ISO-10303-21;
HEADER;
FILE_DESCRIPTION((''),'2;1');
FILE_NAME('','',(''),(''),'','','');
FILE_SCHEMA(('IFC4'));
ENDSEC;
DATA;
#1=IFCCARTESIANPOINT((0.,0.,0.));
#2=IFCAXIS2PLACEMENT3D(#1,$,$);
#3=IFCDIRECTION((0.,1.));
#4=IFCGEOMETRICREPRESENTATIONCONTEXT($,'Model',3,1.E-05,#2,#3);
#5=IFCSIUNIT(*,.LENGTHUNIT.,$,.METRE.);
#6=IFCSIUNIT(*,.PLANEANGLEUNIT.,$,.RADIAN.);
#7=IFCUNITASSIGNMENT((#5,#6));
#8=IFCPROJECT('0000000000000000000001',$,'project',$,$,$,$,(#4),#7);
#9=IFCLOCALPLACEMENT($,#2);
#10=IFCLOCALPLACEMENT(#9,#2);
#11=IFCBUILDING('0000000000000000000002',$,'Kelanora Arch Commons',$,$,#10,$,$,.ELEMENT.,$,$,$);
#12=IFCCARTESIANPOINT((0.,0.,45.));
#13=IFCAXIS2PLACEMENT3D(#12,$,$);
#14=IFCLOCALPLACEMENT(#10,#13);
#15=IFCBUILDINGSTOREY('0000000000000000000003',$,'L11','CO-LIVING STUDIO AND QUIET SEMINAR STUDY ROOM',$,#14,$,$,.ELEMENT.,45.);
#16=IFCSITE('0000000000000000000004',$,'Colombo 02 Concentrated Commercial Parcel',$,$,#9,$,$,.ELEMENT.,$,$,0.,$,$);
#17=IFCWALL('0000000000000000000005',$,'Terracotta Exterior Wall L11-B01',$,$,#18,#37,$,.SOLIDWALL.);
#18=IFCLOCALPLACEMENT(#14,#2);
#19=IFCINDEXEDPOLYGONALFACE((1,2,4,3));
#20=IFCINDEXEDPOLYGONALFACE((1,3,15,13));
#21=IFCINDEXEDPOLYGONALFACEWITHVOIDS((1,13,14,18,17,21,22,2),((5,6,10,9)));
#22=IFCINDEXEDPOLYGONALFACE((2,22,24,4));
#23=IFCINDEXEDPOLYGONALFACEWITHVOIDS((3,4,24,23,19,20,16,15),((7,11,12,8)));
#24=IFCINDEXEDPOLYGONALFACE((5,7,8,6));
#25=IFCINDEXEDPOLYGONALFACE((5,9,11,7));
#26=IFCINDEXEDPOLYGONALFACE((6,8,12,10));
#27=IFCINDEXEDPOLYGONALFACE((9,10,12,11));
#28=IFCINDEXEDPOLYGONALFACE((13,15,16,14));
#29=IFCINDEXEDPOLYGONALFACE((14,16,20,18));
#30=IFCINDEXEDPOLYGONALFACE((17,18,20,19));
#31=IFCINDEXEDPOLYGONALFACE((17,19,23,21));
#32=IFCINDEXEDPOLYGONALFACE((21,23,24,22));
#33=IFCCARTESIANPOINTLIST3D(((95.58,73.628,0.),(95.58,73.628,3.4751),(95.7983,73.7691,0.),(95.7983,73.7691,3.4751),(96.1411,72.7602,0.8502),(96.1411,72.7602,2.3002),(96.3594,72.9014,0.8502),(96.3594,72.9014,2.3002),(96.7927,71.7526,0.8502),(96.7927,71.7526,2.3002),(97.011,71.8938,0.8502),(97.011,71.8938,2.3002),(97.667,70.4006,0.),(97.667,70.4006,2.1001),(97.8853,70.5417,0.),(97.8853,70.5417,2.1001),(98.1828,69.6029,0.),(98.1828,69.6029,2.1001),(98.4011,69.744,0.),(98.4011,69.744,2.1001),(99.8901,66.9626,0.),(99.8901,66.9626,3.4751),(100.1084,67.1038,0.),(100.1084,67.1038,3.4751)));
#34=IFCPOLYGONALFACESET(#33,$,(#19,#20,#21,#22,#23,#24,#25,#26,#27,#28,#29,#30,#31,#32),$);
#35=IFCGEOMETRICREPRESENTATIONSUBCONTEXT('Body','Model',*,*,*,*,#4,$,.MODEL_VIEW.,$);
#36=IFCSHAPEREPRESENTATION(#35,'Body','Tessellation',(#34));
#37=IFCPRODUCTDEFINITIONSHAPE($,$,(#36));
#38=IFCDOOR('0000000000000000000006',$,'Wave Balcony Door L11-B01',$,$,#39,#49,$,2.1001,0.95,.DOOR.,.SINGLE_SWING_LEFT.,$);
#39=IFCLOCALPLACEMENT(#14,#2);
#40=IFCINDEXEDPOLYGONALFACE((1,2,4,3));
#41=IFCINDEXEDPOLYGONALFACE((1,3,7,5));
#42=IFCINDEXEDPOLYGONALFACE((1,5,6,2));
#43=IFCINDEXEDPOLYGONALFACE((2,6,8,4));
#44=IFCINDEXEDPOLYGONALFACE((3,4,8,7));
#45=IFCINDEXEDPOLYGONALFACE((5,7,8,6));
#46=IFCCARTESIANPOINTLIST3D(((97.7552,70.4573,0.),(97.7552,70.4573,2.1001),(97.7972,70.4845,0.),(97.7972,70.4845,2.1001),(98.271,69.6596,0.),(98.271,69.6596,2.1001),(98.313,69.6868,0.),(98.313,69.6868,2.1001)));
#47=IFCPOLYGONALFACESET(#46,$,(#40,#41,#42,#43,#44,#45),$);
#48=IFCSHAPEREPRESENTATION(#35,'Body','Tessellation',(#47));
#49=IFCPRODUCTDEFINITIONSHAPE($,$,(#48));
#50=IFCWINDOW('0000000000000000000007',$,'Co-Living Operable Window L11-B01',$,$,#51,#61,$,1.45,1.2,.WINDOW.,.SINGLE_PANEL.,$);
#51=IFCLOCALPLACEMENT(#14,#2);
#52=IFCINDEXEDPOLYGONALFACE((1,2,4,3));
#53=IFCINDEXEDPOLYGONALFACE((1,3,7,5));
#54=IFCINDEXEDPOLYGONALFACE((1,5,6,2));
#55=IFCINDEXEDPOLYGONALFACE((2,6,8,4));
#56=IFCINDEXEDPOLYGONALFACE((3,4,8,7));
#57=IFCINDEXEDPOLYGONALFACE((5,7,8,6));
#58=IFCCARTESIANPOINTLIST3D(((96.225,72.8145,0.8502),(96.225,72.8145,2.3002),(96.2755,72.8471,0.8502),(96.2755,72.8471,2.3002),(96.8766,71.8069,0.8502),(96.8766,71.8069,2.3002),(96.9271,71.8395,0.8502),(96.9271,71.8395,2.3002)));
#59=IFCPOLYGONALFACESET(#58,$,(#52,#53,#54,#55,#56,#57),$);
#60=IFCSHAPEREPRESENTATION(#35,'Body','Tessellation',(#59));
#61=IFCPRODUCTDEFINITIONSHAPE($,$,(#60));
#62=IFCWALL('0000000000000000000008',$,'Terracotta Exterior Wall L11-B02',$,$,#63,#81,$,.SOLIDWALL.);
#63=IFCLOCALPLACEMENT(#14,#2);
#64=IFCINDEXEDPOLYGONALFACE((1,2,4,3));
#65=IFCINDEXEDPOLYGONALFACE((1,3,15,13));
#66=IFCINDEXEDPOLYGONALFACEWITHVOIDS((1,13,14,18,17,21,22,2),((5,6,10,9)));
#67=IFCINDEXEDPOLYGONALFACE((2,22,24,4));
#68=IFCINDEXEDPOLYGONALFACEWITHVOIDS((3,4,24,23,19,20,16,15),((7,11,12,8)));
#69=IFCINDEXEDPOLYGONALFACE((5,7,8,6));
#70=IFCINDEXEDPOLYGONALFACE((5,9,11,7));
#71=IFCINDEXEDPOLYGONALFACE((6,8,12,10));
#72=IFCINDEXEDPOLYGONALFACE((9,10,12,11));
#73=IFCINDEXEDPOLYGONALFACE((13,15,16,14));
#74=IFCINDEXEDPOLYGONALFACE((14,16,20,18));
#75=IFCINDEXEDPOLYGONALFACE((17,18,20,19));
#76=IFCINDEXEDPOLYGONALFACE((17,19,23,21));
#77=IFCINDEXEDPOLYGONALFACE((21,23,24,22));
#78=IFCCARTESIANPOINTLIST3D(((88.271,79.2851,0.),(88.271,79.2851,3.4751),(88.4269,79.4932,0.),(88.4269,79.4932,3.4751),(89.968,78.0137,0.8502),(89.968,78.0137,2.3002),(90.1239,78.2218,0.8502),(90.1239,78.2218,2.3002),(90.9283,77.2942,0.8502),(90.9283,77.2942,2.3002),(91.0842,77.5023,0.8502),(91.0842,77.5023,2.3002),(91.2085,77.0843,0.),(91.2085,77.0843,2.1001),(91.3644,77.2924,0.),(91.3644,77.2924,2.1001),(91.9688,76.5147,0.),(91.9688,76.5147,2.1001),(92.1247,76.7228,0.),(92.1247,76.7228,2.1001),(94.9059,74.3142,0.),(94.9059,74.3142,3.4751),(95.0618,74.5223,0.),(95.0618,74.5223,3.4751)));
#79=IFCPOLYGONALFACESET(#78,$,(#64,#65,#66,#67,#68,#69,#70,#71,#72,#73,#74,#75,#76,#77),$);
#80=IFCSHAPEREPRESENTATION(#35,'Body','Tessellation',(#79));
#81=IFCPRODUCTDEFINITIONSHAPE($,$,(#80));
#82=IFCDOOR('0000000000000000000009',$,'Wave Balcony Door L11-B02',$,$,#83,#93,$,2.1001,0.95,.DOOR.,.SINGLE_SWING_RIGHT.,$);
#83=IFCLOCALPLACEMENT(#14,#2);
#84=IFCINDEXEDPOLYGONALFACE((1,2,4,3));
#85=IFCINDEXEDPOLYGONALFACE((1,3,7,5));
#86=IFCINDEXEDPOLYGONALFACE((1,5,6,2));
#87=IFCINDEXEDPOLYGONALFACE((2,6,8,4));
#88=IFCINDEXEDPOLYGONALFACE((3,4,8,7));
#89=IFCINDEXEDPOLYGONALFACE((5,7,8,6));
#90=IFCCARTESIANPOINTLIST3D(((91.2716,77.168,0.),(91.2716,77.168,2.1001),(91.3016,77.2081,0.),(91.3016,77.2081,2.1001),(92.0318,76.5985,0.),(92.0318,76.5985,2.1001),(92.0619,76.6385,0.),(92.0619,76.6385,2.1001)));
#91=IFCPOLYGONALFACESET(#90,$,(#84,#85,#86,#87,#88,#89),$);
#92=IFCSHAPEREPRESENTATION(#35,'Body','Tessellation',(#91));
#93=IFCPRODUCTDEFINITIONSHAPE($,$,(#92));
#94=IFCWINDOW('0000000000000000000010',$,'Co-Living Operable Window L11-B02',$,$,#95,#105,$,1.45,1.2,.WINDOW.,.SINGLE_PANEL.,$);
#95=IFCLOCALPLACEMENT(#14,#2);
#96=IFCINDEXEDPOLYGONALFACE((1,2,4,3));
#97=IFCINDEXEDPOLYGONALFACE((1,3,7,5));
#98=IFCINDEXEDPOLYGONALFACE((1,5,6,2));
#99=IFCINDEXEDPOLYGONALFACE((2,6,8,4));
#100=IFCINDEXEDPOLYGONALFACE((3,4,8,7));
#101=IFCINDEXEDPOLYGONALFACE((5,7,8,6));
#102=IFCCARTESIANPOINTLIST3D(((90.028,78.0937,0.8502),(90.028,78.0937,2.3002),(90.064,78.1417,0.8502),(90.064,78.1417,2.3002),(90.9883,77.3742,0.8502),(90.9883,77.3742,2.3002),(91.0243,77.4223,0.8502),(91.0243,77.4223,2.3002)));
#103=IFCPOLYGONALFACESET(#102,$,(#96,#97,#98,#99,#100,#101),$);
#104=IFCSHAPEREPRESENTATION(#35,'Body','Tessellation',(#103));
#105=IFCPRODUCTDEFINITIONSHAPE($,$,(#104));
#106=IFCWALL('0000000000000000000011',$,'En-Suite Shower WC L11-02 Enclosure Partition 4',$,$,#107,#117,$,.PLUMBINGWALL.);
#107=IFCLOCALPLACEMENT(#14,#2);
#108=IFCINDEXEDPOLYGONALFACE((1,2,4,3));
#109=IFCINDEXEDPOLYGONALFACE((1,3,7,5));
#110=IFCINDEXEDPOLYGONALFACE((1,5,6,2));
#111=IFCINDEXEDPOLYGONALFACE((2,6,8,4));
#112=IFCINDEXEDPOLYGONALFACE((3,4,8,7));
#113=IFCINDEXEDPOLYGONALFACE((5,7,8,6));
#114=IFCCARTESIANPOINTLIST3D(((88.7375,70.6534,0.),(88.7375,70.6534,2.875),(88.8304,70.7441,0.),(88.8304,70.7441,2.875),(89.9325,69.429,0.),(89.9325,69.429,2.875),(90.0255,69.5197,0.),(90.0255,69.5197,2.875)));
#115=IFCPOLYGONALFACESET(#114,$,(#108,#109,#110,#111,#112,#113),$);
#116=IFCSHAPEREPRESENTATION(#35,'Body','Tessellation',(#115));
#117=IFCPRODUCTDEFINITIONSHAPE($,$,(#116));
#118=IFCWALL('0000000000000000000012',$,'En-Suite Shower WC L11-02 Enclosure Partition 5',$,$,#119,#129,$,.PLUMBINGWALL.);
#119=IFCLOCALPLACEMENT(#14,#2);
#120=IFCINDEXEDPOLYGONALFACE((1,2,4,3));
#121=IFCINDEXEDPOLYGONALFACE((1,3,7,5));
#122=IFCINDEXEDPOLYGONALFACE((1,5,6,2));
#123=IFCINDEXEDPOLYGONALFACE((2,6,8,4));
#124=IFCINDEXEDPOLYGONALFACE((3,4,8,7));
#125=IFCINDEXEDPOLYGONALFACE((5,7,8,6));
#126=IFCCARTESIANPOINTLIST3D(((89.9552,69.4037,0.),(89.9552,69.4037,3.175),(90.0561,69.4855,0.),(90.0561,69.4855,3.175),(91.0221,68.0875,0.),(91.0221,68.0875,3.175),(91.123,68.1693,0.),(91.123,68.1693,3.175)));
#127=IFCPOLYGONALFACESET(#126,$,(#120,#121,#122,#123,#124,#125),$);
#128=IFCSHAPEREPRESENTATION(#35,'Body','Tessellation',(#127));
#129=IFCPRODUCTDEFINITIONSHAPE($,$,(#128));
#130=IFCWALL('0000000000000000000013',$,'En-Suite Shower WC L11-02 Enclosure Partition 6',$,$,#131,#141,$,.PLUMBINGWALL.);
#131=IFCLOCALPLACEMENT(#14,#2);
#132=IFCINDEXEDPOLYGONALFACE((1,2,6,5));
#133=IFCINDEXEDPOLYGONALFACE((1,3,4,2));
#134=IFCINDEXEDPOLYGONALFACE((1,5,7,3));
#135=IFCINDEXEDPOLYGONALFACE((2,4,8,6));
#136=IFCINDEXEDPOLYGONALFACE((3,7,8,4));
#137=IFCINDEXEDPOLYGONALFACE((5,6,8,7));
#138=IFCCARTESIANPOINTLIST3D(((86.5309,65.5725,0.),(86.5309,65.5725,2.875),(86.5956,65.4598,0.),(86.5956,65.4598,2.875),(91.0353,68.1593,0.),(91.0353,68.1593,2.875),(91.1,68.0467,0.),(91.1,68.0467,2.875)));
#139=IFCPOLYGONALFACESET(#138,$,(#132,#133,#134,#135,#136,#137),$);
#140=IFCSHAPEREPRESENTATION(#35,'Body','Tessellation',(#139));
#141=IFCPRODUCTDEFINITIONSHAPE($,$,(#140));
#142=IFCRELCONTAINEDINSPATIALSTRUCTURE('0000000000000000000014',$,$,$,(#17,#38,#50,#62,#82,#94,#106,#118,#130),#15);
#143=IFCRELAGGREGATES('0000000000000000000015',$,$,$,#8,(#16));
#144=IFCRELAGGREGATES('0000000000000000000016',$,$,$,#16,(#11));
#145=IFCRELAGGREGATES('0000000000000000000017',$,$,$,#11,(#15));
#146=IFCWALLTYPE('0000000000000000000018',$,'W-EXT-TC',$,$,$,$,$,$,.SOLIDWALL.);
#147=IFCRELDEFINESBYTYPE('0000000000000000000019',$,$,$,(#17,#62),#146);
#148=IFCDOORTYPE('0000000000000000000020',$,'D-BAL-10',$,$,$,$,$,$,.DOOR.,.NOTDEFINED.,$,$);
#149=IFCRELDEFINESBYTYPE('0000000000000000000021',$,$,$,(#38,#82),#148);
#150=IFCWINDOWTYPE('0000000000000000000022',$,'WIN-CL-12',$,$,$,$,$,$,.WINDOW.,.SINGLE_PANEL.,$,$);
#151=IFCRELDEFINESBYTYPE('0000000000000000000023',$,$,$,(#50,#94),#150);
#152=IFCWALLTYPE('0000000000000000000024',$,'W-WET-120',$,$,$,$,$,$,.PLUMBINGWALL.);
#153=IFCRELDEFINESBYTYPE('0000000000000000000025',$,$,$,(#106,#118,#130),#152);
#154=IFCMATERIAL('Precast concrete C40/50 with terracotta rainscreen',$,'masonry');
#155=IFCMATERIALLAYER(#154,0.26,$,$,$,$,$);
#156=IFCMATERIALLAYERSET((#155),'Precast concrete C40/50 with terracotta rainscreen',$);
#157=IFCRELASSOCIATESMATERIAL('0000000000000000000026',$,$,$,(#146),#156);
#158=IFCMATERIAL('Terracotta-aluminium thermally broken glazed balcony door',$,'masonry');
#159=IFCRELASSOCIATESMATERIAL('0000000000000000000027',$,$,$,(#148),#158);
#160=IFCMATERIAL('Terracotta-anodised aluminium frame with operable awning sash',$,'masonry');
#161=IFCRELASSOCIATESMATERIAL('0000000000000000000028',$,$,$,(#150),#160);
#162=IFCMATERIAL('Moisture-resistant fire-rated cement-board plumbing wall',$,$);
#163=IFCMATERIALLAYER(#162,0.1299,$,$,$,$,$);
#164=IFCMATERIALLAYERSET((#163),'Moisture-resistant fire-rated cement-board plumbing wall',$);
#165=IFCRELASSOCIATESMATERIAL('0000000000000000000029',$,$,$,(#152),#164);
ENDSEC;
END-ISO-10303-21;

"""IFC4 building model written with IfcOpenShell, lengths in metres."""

from ifc_helpers import new_model, si_unit, direction, frame, frame_2d, origin, place, context, subcontext, project, spatial, rectangle, extrude, material, layer, layer_set, type_object, element, fill, save


model = new_model("IFC4")

# Units and contexts
model_context = context("Model", 3, precision=1e-05, world=origin(), true_north=direction((0.0, 1.0)))
body_context = subcontext(model_context, "Body", "Model", "MODEL_VIEW")
ifc_project = project(units=[si_unit("LENGTHUNIT", "METRE"), si_unit("PLANEANGLEUNIT", "RADIAN")], contexts=[model_context])

# Site, building, storey
site_placement = place(None, origin())
site = spatial("IfcSite", under=ifc_project, at=site_placement, Name="Colombo 02 Concentrated Commercial Parcel", CompositionType="ELEMENT", RefElevation=0.0)
building_placement = place(site_placement, origin())
building = spatial("IfcBuilding", under=site, at=building_placement, Name="Kelanora Arch Commons", CompositionType="ELEMENT")
storey_placement = place(building_placement, frame((0.0, 0.0, 45.0)))
storey = spatial("IfcBuildingStorey", under=building, at=storey_placement, Name="L11", Description="CO-LIVING STUDIO AND QUIET SEMINAR STUDY ROOM", CompositionType="ELEMENT", Elevation=45.0)

# Walls, openings, doors, windows
ifc_material_1 = material(Name="Precast concrete C40/50 with terracotta rainscreen", Category="masonry")
ifc_layer_1 = layer(ifc_material_1, 0.26)
ifc_layer_set_1 = layer_set([ifc_layer_1], Name="Precast concrete C40/50 with terracotta rainscreen")
wall_type_1 = type_object("IfcWallType", Name="W-EXT-TC", PredefinedType="SOLIDWALL", material=ifc_layer_set_1)
wall_1_placement = place(storey_placement, frame((99.9993, 67.0332, 0.0), z_axis=(0.0, 0.0, 1.0), x_axis=(-0.543005, 0.839729, 0.0)))
wall_1 = element("IfcWall", 1, at=wall_1_placement, inside=storey, type_object=wall_type_1, Name="Terracotta Exterior Wall L11-B01", PredefinedType="SOLIDWALL", context=body_context, shape_type="SweptSolid", body=[
    extrude(rectangle(XDim=7.9375, YDim=0.26, at=frame_2d((3.9688, 0.0))), origin(), (0.0, 0.0, 1.0), 3.4751),
])
opening_1_placement = place(wall_1_placement, frame((3.144, 0.0, 0.0)))
opening_1 = element("IfcOpeningElement", 2, at=opening_1_placement, cuts=wall_1, PredefinedType="OPENING", context=body_context, shape_type="SweptSolid", body=[
    extrude(rectangle(XDim=0.95, YDim=2.1001, at=frame_2d((0.4751, 1.05))), frame((0.0, 0.1401, 0.0), z_axis=(0.0, -1.0, 0.0), x_axis=(1.0, 0.0, 0.0)), (0.0, 0.0, 1.0), 0.28),
])
opening_2_placement = place(wall_1_placement, frame((5.7041, 0.0, 0.8501)))
opening_2 = element("IfcOpeningElement", 3, at=opening_2_placement, cuts=wall_1, PredefinedType="OPENING", context=body_context, shape_type="SweptSolid", body=[
    extrude(rectangle(XDim=1.2, YDim=1.45, at=frame_2d((0.6001, 0.7251))), frame((0.0, 0.1401, 0.0), z_axis=(0.0, -1.0, 0.0), x_axis=(1.0, 0.0, 0.0)), (0.0, 0.0, 1.0), 0.28),
])
ifc_material_2 = material(Name="Terracotta-aluminium thermally broken glazed balcony door", Category="masonry")
door_type = type_object("IfcDoorType", Name="D-BAL-10", OperationType="NOTDEFINED", PredefinedType="DOOR", material=ifc_material_2)
door_1_placement = place(opening_1_placement, frame((0.95, 0.0, 0.0), z_axis=(0.0, 0.0, 1.0), x_axis=(-1.0, 0.0, 0.0)))
door_1 = element("IfcDoor", 4, at=door_1_placement, inside=storey, type_object=door_type, Name="Wave Balcony Door L11-B01", OperationType="SINGLE_SWING_LEFT", OverallHeight=2.1001, OverallWidth=0.95, PredefinedType="DOOR", context=body_context, shape_type="SweptSolid", body=[
    extrude(rectangle(XDim=0.95, YDim=2.1001, at=frame_2d((0.4751, 1.05))), frame((0.0, 0.0249, 0.0), z_axis=(0.0, -1.0, 0.0), x_axis=(1.0, 0.0, 0.0)), (0.0, 0.0, 1.0), 0.05),
])
fill(opening_1, door_1)
ifc_material_3 = material(Name="Terracotta-anodised aluminium frame with operable awning sash", Category="masonry")
window_type = type_object("IfcWindowType", Name="WIN-CL-12", PartitioningType="SINGLE_PANEL", PredefinedType="WINDOW", material=ifc_material_3)
window_1_placement = place(opening_2_placement, origin())
window_1 = element("IfcWindow", 5, at=window_1_placement, inside=storey, type_object=window_type, Name="Co-Living Operable Window L11-B01", OverallHeight=1.45, OverallWidth=1.2, PartitioningType="SINGLE_PANEL", PredefinedType="WINDOW", context=body_context, shape_type="SweptSolid", body=[
    extrude(rectangle(XDim=1.2, YDim=1.45, at=frame_2d((0.6001, 0.7251))), frame((0.0, 0.03, 0.0), z_axis=(0.0, -1.0, 0.0), x_axis=(1.0, 0.0, 0.0)), (0.0, 0.0, 1.0), 0.0601),
])
fill(opening_2, window_1)
wall_2_placement = place(storey_placement, frame((94.9839, 74.4182, 0.0), z_axis=(0.0, 0.0, 1.0), x_axis=(-0.800307, 0.59959, 0.0)))
wall_2 = element("IfcWall", 6, at=wall_2_placement, inside=storey, type_object=wall_type_1, Name="Terracotta Exterior Wall L11-B02", PredefinedType="SOLIDWALL", context=body_context, shape_type="SweptSolid", body=[
    extrude(rectangle(XDim=8.2905, YDim=0.26, at=frame_2d((4.1453, 0.0))), origin(), (0.0, 0.0, 1.0), 3.4751),
])
opening_3_placement = place(wall_2_placement, frame((3.6699, 0.0, 0.0)))
opening_3 = element("IfcOpeningElement", 7, at=opening_3_placement, cuts=wall_2, PredefinedType="OPENING", context=body_context, shape_type="SweptSolid", body=[
    extrude(rectangle(XDim=0.95, YDim=2.1001, at=frame_2d((0.4751, 1.05))), frame((0.0, 0.1401, 0.0), z_axis=(0.0, -1.0, 0.0), x_axis=(1.0, 0.0, 0.0)), (0.0, 0.0, 1.0), 0.28),
])
opening_4_placement = place(wall_2_placement, frame((4.97, 0.0, 0.8501)))
opening_4 = element("IfcOpeningElement", 8, at=opening_4_placement, cuts=wall_2, PredefinedType="OPENING", context=body_context, shape_type="SweptSolid", body=[
    extrude(rectangle(XDim=1.2, YDim=1.45, at=frame_2d((0.6001, 0.7251))), frame((0.0, 0.1401, 0.0), z_axis=(0.0, -1.0, 0.0), x_axis=(1.0, 0.0, 0.0)), (0.0, 0.0, 1.0), 0.28),
])
door_2_placement = place(opening_3_placement, frame((0.95, 0.0, 0.0), z_axis=(0.0, 0.0, 1.0), x_axis=(-1.0, 0.0, 0.0)))
door_2 = element("IfcDoor", 9, at=door_2_placement, inside=storey, type_object=door_type, Name="Wave Balcony Door L11-B02", OperationType="SINGLE_SWING_RIGHT", OverallHeight=2.1001, OverallWidth=0.95, PredefinedType="DOOR", context=body_context, shape_type="SweptSolid", body=[
    extrude(rectangle(XDim=0.95, YDim=2.1001, at=frame_2d((0.4751, 1.05))), frame((0.0, 0.0249, 0.0), z_axis=(0.0, -1.0, 0.0), x_axis=(1.0, 0.0, 0.0)), (0.0, 0.0, 1.0), 0.05),
])
fill(opening_3, door_2)
window_2_placement = place(opening_4_placement, origin())
window_2 = element("IfcWindow", 10, at=window_2_placement, inside=storey, type_object=window_type, Name="Co-Living Operable Window L11-B02", OverallHeight=1.45, OverallWidth=1.2, PartitioningType="SINGLE_PANEL", PredefinedType="WINDOW", context=body_context, shape_type="SweptSolid", body=[
    extrude(rectangle(XDim=1.2, YDim=1.45, at=frame_2d((0.6001, 0.7251))), frame((0.0, 0.03, 0.0), z_axis=(0.0, -1.0, 0.0), x_axis=(1.0, 0.0, 0.0)), (0.0, 0.0, 1.0), 0.0601),
])
fill(opening_4, window_2)

# Walls
ifc_material_4 = material(Name="Moisture-resistant fire-rated cement-board plumbing wall")
ifc_layer_2 = layer(ifc_material_4, 0.1299)
ifc_layer_set_2 = layer_set([ifc_layer_2], Name="Moisture-resistant fire-rated cement-board plumbing wall")
wall_type_2 = type_object("IfcWallType", Name="W-WET-120", PredefinedType="PLUMBINGWALL", material=ifc_layer_set_2)
wall_3_placement = place(storey_placement, frame((88.7839, 70.6987, 0.0), z_axis=(0.0, 0.0, 1.0), x_axis=(0.698493, -0.715617, 0.0)))
element("IfcWall", 11, at=wall_3_placement, inside=storey, type_object=wall_type_2, Name="En-Suite Shower WC L11-02 Enclosure Partition 4", PredefinedType="PLUMBINGWALL", context=body_context, shape_type="SweptSolid", body=[
    extrude(rectangle(XDim=1.7109, YDim=0.1299, at=frame_2d((0.8555, 0.0))), origin(), (0.0, 0.0, 1.0), 2.875),
])
wall_4_placement = place(storey_placement, frame((90.0056, 69.4446, 0.0), z_axis=(0.0, 0.0, 1.0), x_axis=(0.629708, -0.776832, 0.0)))
element("IfcWall", 12, at=wall_4_placement, inside=storey, type_object=wall_type_2, Name="En-Suite Shower WC L11-02 Enclosure Partition 5", PredefinedType="PLUMBINGWALL", context=body_context, shape_type="SweptSolid", body=[
    extrude(rectangle(XDim=1.6943, YDim=0.1299, at=frame_2d((0.8472, 0.0))), origin(), (0.0, 0.0, 1.0), 3.175),
])
wall_5_placement = place(storey_placement, frame((91.0676, 68.103, 0.0), z_axis=(0.0, 0.0, 1.0), x_axis=(-0.867165, -0.498021, 0.0)))
element("IfcWall", 13, at=wall_5_placement, inside=storey, type_object=wall_type_2, Name="En-Suite Shower WC L11-02 Enclosure Partition 6", PredefinedType="PLUMBINGWALL", context=body_context, shape_type="SweptSolid", body=[
    extrude(rectangle(XDim=5.1943, YDim=0.1299, at=frame_2d((2.5972, 0.0))), origin(), (0.0, 0.0, 1.0), 2.875),
])

save(model, "model.ifc")
